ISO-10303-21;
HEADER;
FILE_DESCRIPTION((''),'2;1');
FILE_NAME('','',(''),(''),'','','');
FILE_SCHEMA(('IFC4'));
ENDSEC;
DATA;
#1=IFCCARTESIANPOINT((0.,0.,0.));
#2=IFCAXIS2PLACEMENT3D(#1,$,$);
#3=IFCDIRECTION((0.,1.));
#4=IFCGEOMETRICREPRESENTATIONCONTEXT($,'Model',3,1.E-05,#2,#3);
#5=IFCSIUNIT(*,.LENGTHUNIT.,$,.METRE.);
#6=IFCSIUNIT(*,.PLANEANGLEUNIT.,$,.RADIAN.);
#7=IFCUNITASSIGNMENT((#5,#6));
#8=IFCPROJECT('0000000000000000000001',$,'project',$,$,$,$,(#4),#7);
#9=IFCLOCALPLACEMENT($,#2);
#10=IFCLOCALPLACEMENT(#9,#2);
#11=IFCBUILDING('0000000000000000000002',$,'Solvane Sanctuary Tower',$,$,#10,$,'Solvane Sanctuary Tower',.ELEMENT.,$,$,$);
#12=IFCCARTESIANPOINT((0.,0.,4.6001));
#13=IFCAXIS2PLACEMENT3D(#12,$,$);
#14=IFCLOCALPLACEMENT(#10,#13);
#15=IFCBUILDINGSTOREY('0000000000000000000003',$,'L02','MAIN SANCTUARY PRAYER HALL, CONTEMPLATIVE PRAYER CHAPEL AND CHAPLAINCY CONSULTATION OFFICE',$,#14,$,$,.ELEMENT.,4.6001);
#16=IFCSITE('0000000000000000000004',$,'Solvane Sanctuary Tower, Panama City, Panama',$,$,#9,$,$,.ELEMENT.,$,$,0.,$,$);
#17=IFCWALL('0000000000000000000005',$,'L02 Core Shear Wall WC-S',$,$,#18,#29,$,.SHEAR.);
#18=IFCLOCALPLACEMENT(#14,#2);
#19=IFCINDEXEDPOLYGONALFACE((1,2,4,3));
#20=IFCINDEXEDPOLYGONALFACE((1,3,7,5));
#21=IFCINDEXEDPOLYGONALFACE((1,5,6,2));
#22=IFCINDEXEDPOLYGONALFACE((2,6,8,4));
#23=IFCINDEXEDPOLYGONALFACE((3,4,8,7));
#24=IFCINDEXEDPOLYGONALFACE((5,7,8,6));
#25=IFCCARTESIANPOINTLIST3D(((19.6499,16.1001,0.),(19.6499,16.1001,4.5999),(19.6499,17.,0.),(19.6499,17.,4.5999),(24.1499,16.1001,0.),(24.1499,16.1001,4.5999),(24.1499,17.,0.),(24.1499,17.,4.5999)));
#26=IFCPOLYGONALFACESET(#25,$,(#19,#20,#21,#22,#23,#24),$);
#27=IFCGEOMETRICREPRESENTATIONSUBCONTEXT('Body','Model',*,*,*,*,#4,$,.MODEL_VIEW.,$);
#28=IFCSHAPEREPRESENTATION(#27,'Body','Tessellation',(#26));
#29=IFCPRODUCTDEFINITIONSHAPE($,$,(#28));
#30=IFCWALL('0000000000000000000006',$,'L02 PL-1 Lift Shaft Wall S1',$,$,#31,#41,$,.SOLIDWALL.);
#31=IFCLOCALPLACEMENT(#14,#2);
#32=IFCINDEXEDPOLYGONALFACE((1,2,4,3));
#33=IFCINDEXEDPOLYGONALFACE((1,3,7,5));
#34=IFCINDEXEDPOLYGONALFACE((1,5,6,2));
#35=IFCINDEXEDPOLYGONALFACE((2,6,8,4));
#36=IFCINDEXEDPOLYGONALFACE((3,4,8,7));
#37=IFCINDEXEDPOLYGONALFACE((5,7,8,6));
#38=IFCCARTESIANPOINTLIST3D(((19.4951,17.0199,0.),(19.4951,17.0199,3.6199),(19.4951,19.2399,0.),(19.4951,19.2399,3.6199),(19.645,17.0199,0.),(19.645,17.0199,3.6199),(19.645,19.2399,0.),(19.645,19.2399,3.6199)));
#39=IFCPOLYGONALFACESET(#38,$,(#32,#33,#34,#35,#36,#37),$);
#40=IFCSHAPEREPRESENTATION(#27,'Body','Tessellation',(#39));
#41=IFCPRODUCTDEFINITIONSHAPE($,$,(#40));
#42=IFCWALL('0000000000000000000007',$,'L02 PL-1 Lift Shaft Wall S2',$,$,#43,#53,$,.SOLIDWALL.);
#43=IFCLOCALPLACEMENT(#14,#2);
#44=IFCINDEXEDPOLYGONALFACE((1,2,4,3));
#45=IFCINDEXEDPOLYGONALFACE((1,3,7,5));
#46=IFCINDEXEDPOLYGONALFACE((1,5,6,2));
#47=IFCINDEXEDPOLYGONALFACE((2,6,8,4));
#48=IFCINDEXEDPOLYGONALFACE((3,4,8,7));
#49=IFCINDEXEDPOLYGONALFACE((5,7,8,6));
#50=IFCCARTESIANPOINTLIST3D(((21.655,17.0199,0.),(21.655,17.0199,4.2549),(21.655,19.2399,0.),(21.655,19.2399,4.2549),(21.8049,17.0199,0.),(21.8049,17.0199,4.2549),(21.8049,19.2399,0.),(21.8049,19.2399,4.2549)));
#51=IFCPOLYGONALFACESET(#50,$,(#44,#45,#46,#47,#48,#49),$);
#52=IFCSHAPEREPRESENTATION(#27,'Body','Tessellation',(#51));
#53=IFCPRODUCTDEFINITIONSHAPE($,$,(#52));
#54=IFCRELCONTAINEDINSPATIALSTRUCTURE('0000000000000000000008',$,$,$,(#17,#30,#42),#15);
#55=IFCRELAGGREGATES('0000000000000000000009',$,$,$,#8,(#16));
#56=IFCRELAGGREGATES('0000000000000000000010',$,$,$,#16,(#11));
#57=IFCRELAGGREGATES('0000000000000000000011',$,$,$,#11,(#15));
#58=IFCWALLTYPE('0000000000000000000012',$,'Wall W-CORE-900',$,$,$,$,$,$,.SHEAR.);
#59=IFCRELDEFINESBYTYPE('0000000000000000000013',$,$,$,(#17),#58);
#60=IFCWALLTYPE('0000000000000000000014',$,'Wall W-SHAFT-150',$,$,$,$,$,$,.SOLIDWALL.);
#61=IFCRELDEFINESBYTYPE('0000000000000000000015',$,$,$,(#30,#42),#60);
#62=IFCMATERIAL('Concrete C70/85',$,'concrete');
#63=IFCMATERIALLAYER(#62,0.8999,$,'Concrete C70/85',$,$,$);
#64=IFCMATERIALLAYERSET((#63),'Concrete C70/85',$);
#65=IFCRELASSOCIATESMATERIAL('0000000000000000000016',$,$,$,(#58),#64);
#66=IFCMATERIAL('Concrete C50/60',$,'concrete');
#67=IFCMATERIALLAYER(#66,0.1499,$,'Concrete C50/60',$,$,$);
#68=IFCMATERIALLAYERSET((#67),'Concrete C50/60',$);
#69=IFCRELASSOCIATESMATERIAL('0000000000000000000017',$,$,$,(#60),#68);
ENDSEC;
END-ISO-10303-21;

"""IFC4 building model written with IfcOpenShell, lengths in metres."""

from ifc_helpers import new_model, si_unit, direction, frame, frame_2d, origin, place, context, subcontext, project, spatial, rectangle, extrude, material, layer, layer_set, type_object, element, save


model = new_model("IFC4")

# Units and contexts
model_context = context("Model", 3, precision=1e-05, world=origin(), true_north=direction((0.0, 1.0)))
body_context = subcontext(model_context, "Body", "Model", "MODEL_VIEW")
ifc_project = project(units=[si_unit("LENGTHUNIT", "METRE"), si_unit("PLANEANGLEUNIT", "RADIAN")], contexts=[model_context])

# Site, building, storey
site_placement = place(None, origin())
site = spatial("IfcSite", under=ifc_project, at=site_placement, Name="Solvane Sanctuary Tower, Panama City, Panama", CompositionType="ELEMENT", RefElevation=0.0)
building_placement = place(site_placement, origin())
building = spatial("IfcBuilding", under=site, at=building_placement, Name="Solvane Sanctuary Tower", LongName="Solvane Sanctuary Tower", CompositionType="ELEMENT")
storey_placement = place(building_placement, frame((0.0, 0.0, 4.6001)))
storey = spatial("IfcBuildingStorey", under=building, at=storey_placement, Name="L02", Description="MAIN SANCTUARY PRAYER HALL, CONTEMPLATIVE PRAYER CHAPEL AND CHAPLAINCY CONSULTATION OFFICE", CompositionType="ELEMENT", Elevation=4.6001)

# Shared definitions
ifc_material_1 = material(Name="Concrete C70/85", Category="concrete")

# Walls
ifc_layer_1 = layer(ifc_material_1, 0.8999, Name="Concrete C70/85")
ifc_layer_set_1 = layer_set([ifc_layer_1], Name="Concrete C70/85")
wall_type_1 = type_object("IfcWallType", Name="Wall W-CORE-900", PredefinedType="SHEAR", material=ifc_layer_set_1)
wall_1_placement = place(storey_placement, frame((19.6499, 16.55, 0.0), z_axis=(0.0, 0.0, 1.0), x_axis=(1.0, 0.0, 0.0)))
element("IfcWall", 1, at=wall_1_placement, inside=storey, type_object=wall_type_1, Name="L02 Core Shear Wall WC-S", PredefinedType="SHEAR", context=body_context, shape_type="SweptSolid", body=[
    extrude(rectangle(XDim=4.5, YDim=0.8999, at=frame_2d((2.25, 0.0))), origin(), (0.0, 0.0, 1.0), 4.5999),
])
ifc_material_2 = material(Name="Concrete C50/60", Category="concrete")
ifc_layer_2 = layer(ifc_material_2, 0.1499, Name="Concrete C50/60")
ifc_layer_set_2 = layer_set([ifc_layer_2], Name="Concrete C50/60")
wall_type_2 = type_object("IfcWallType", Name="Wall W-SHAFT-150", PredefinedType="SOLIDWALL", material=ifc_layer_set_2)
wall_2_placement = place(storey_placement, frame((19.5701, 17.02, 0.0), z_axis=(0.0, 0.0, 1.0), x_axis=(0.0, 1.0, 0.0)))
element("IfcWall", 2, at=wall_2_placement, inside=storey, type_object=wall_type_2, Name="L02 PL-1 Lift Shaft Wall S1", PredefinedType="SOLIDWALL", context=body_context, shape_type="SweptSolid", body=[
    extrude(rectangle(XDim=2.22, YDim=0.1499, at=frame_2d((1.1099, 0.0))), origin(), (0.0, 0.0, 1.0), 3.6199),
])
wall_3_placement = place(storey_placement, frame((21.73, 17.02, 0.0), z_axis=(0.0, 0.0, 1.0), x_axis=(0.0, 1.0, 0.0)))
element("IfcWall", 3, at=wall_3_placement, inside=storey, type_object=wall_type_2, Name="L02 PL-1 Lift Shaft Wall S2", PredefinedType="SOLIDWALL", context=body_context, shape_type="SweptSolid", body=[
    extrude(rectangle(XDim=2.22, YDim=0.1499, at=frame_2d((1.1099, 0.0))), origin(), (0.0, 0.0, 1.0), 4.2549),
])

save(model, "model.ifc")
